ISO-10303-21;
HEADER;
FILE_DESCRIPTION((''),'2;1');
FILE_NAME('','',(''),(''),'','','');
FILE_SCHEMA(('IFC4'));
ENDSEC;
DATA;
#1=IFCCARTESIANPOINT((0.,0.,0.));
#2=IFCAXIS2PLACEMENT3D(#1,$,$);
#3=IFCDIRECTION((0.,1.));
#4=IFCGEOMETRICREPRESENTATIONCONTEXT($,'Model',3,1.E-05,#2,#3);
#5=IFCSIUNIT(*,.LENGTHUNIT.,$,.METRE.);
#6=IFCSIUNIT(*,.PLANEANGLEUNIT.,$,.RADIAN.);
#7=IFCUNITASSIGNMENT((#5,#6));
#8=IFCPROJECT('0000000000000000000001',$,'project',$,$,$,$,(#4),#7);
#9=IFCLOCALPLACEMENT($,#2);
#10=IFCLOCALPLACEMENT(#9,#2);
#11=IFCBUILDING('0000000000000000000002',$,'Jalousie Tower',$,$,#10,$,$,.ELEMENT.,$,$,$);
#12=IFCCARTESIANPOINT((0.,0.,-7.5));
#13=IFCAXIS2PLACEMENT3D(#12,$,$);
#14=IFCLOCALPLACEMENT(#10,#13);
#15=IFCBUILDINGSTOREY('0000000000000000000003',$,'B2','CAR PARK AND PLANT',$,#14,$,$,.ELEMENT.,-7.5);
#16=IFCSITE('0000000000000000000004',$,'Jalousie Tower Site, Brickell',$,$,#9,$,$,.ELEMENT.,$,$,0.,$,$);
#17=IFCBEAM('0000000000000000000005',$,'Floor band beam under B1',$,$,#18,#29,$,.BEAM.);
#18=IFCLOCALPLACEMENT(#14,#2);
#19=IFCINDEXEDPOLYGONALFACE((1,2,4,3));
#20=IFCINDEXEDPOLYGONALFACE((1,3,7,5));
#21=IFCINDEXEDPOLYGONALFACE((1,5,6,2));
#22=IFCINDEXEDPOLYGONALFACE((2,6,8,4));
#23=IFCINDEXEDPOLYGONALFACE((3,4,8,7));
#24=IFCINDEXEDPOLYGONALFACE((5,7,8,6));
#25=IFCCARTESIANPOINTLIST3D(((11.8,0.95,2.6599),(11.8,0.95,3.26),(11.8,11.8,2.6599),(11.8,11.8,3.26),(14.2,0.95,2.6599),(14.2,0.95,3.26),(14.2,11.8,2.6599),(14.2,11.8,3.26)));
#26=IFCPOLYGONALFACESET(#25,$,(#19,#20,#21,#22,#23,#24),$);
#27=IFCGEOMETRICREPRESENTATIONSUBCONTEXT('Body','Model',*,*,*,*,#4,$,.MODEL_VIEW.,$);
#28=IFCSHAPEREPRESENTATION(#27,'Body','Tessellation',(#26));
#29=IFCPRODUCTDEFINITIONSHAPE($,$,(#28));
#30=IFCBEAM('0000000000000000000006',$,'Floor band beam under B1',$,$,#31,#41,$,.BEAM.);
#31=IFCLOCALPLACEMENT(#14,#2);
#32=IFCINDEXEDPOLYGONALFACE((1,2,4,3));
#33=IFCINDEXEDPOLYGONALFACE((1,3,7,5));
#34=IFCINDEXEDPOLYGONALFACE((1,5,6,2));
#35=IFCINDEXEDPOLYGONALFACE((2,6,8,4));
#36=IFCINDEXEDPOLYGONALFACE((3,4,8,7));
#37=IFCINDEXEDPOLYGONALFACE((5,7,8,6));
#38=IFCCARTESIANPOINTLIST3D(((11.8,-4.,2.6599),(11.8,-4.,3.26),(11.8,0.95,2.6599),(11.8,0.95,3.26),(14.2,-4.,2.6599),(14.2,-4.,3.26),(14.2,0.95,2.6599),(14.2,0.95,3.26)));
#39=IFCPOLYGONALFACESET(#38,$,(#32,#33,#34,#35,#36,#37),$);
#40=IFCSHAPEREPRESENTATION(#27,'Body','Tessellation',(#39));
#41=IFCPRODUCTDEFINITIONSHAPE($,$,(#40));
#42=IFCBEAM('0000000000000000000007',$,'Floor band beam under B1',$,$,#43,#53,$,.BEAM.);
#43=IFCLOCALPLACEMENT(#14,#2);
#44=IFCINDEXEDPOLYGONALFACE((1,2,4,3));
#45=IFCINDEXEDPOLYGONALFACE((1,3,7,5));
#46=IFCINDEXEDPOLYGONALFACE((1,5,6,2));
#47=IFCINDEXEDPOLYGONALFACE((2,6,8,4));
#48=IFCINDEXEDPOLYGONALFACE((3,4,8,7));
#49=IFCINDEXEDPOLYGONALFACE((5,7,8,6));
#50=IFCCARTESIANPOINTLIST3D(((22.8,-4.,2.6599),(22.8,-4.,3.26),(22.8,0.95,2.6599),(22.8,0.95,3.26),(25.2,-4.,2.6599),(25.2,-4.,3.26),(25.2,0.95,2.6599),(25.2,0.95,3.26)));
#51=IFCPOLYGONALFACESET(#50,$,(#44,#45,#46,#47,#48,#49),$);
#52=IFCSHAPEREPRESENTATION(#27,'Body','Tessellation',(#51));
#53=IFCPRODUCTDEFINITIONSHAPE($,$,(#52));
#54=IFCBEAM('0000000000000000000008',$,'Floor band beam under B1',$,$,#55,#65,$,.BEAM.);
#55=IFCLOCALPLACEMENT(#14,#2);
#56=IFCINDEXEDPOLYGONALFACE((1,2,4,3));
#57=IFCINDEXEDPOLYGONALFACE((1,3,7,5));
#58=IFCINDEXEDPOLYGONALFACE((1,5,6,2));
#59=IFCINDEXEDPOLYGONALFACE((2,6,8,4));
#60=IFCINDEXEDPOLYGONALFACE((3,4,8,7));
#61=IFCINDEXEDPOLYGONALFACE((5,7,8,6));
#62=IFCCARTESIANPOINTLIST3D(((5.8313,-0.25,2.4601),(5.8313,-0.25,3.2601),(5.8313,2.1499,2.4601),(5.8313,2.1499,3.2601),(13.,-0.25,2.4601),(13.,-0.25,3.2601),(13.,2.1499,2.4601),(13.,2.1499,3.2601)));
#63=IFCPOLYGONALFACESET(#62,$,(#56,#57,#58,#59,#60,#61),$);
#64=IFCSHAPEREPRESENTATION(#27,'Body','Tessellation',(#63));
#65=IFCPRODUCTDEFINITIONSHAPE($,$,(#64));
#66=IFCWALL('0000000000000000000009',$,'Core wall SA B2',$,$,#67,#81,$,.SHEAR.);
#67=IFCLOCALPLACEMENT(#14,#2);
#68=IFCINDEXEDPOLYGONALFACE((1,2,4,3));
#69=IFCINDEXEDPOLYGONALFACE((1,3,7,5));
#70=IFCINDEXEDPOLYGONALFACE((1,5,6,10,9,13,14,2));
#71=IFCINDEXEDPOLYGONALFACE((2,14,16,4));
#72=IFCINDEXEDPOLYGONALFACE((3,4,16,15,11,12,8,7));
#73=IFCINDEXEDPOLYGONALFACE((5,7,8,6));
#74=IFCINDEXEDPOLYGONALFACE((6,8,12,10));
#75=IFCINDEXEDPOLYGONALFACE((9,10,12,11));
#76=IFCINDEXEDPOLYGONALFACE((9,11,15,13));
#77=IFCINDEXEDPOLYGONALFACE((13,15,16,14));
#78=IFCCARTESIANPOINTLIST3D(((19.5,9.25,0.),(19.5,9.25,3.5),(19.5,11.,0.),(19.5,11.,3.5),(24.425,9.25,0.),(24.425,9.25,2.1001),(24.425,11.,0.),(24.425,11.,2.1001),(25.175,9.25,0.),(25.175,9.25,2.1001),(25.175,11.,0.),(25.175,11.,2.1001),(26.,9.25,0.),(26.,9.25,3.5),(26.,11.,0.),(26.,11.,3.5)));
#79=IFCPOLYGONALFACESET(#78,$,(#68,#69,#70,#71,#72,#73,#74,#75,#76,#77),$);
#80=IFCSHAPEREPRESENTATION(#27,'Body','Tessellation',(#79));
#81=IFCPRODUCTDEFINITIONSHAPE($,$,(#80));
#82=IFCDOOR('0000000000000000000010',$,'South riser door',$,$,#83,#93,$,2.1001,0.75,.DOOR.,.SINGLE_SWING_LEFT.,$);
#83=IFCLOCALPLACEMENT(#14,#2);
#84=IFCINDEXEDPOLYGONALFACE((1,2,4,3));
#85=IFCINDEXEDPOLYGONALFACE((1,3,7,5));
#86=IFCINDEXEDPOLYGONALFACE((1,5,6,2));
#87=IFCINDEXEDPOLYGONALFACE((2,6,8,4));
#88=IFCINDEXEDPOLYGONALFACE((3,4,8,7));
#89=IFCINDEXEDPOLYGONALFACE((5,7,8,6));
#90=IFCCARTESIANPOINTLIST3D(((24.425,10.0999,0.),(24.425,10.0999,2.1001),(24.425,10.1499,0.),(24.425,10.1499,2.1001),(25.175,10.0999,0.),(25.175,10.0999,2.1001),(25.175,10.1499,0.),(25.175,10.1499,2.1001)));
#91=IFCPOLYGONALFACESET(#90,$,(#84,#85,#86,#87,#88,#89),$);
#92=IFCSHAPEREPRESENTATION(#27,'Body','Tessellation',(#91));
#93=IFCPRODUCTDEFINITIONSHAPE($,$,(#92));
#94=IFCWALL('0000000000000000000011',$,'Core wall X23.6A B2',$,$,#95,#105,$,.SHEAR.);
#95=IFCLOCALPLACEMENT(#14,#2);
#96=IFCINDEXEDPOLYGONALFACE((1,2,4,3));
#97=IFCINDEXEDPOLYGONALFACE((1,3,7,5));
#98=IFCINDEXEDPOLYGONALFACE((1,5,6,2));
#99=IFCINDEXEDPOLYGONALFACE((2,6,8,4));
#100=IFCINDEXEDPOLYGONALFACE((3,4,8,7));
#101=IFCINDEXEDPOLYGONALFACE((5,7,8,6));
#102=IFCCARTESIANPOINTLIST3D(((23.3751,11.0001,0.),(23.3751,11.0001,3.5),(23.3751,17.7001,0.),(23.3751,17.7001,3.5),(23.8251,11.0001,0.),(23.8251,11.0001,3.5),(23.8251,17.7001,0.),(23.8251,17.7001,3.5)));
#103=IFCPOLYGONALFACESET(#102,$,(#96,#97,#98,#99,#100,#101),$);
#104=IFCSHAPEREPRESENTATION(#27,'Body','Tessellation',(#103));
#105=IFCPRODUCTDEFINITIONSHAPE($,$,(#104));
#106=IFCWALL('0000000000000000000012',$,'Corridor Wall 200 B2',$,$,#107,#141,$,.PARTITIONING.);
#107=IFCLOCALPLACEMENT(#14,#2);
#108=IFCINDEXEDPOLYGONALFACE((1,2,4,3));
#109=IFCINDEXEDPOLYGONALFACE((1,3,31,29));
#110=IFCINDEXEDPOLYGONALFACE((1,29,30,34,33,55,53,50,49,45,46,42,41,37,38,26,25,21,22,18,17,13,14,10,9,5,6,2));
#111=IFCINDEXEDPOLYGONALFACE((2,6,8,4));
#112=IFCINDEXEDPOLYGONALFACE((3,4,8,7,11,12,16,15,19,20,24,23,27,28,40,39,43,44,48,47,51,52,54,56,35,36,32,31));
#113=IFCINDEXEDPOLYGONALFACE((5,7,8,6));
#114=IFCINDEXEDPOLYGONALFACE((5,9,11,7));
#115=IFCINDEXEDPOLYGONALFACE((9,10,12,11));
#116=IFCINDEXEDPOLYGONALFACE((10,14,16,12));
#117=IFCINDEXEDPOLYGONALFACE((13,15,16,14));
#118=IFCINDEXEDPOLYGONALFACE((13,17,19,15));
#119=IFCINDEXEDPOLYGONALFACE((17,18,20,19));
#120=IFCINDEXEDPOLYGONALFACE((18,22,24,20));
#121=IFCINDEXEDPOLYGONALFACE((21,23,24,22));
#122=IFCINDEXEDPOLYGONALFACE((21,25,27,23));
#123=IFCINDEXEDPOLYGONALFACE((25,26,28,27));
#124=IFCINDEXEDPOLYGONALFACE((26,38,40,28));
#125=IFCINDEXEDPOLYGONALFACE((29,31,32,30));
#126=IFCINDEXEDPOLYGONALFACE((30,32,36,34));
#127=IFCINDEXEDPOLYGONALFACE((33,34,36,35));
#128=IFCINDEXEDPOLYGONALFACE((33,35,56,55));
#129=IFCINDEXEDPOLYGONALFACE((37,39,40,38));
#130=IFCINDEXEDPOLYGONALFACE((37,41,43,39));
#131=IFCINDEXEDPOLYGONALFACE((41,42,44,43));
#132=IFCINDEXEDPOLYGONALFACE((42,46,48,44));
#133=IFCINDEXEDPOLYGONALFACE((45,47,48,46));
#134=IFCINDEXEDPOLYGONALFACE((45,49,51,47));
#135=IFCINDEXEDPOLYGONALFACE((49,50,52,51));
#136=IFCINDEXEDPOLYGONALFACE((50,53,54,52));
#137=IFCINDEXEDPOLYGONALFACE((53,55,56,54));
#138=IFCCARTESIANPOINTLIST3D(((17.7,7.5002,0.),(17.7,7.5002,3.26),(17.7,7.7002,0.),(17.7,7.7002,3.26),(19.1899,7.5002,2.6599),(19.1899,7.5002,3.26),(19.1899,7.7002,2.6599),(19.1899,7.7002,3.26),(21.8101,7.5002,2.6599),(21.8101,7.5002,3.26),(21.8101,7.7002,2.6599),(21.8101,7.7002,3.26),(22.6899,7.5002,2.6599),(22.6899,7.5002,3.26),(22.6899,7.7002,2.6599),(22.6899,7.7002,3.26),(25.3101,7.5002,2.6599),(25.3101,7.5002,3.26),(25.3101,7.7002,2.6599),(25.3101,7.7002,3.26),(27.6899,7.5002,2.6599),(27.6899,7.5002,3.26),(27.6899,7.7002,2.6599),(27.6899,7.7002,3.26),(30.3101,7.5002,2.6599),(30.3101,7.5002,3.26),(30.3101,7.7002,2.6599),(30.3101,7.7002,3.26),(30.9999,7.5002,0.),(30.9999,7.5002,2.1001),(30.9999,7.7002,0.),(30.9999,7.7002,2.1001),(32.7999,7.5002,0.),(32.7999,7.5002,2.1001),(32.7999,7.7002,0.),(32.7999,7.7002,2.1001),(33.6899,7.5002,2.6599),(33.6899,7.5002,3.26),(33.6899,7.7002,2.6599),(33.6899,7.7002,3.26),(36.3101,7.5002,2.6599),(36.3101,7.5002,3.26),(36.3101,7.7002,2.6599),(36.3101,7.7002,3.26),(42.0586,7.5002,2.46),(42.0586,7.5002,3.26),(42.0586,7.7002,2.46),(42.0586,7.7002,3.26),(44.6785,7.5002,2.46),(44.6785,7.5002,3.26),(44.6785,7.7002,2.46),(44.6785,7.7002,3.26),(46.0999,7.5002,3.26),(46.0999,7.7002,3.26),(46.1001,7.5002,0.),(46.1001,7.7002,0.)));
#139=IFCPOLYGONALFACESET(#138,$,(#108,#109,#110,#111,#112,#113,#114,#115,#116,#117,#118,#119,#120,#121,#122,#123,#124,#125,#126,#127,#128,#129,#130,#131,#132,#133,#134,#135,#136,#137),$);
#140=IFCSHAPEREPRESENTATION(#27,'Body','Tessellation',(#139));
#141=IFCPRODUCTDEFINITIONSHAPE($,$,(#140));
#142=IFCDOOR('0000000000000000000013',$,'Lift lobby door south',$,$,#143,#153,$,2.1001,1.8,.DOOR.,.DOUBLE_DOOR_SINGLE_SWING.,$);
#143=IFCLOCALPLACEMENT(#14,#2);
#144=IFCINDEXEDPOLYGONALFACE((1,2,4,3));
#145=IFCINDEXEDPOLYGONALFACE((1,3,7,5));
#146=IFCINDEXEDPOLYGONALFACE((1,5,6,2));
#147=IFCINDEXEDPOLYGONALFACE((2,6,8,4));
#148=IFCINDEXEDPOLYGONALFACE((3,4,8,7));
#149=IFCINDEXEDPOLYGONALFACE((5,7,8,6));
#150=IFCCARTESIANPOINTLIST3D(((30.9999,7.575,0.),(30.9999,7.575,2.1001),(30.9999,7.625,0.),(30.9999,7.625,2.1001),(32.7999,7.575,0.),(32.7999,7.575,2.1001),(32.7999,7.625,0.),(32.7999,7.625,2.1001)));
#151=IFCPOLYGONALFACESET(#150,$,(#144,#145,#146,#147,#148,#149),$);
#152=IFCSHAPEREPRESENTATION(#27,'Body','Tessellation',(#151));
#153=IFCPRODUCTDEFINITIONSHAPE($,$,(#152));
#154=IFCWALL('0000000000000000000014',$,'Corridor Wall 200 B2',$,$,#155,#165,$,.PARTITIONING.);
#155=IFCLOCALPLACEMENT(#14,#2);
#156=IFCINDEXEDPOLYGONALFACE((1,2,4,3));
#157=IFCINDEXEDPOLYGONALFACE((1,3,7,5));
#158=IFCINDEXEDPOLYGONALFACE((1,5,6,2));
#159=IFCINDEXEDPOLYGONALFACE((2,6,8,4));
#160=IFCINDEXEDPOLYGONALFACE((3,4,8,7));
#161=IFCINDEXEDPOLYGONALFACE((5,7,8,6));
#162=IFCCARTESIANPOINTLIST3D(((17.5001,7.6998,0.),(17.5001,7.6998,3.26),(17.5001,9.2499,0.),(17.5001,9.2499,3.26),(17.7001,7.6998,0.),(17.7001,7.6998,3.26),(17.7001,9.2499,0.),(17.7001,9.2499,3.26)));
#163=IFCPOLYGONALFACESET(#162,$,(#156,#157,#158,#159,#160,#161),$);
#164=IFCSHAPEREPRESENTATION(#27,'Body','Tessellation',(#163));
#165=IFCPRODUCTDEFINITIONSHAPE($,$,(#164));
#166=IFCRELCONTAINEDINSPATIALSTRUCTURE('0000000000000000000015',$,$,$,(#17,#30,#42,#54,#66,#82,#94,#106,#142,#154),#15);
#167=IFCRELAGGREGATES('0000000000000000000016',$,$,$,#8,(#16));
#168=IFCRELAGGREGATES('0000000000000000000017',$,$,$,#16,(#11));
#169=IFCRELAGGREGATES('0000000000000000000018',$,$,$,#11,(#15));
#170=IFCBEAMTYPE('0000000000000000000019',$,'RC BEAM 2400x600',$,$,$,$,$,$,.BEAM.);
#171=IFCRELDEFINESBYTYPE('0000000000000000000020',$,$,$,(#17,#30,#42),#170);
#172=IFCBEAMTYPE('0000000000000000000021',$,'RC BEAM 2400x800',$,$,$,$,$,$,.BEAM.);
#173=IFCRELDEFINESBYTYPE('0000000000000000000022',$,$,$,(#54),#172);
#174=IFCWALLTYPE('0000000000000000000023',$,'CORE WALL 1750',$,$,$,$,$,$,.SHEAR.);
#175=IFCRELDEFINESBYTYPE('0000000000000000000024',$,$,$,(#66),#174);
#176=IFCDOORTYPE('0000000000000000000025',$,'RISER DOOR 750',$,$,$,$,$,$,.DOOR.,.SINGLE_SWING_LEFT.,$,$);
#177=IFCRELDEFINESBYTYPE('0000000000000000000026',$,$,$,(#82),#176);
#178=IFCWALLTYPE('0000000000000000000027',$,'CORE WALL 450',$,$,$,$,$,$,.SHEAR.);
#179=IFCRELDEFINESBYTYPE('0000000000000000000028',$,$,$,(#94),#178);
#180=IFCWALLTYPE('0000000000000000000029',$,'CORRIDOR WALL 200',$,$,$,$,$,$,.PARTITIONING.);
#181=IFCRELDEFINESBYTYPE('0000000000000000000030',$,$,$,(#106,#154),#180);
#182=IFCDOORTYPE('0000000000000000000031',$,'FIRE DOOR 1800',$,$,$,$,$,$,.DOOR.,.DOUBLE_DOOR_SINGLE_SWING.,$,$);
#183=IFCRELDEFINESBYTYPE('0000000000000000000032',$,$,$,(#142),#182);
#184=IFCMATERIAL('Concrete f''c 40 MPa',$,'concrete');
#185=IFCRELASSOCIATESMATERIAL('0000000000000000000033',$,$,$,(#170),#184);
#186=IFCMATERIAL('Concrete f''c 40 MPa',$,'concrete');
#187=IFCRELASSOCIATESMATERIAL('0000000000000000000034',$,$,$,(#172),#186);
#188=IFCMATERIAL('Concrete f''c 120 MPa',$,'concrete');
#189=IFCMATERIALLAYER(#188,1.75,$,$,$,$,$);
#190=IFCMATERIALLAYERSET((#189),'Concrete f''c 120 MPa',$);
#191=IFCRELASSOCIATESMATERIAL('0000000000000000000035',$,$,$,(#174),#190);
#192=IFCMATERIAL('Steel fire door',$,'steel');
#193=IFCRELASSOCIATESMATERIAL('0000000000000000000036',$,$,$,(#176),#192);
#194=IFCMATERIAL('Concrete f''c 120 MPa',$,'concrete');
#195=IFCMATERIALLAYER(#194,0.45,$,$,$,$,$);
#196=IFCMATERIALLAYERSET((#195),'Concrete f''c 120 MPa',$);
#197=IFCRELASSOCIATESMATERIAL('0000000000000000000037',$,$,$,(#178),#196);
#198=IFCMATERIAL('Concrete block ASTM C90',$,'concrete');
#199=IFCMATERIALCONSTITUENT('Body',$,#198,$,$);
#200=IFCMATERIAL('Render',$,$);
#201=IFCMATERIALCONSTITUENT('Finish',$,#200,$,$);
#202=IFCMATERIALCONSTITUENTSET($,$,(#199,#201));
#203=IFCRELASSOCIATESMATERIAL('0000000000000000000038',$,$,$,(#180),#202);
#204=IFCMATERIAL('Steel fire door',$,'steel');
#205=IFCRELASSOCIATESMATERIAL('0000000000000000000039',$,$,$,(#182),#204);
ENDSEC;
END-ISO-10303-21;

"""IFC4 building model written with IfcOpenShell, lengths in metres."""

from ifc_helpers import new_model, si_unit, direction, frame, frame_2d, origin, origin_2d, place, context, subcontext, project, spatial, polyline, rectangle, outline, extrude, material, layer, layer_set, constituent, constituent_set, material_profile, profile_set, type_object, element, fill, save


model = new_model("IFC4")

# Units and contexts
model_context = context("Model", 3, precision=1e-05, world=origin(), true_north=direction((0.0, 1.0)))
body_context = subcontext(model_context, "Body", "Model", "MODEL_VIEW")
ifc_project = project(units=[si_unit("LENGTHUNIT", "METRE"), si_unit("PLANEANGLEUNIT", "RADIAN")], contexts=[model_context])

# Site, building, storey
site_placement = place(None, origin())
site = spatial("IfcSite", under=ifc_project, at=site_placement, Name="Jalousie Tower Site, Brickell", CompositionType="ELEMENT", RefElevation=0.0)
building_placement = place(site_placement, origin())
building = spatial("IfcBuilding", under=site, at=building_placement, Name="Jalousie Tower", CompositionType="ELEMENT")
storey_placement = place(building_placement, frame((0.0, 0.0, -7.5)))
storey = spatial("IfcBuildingStorey", under=building, at=storey_placement, Name="B2", Description="CAR PARK AND PLANT", CompositionType="ELEMENT", Elevation=-7.5)

# Beams
ifc_material_1 = material(Name="Concrete f'c 40 MPa", Category="concrete")
ifc_material_profile_1 = material_profile(ifc_material_1, rectangle(XDim=2.3999, YDim=0.6001, at=origin_2d()), Name="RC 2400x600")
ifc_profile_set_1 = profile_set([ifc_material_profile_1], Name="Concrete f'c 40 MPa")
beam_type_1 = type_object("IfcBeamType", Name="RC BEAM 2400x600", PredefinedType="BEAM", material=ifc_profile_set_1)
beam_1_placement = place(storey_placement, frame((13.0, 0.95, 2.96), z_axis=(0.0, 1.0, 0.0), x_axis=(-1.0, 0.0, 0.0)))
element("IfcBeam", 1, at=beam_1_placement, inside=storey, type_object=beam_type_1, Name="Floor band beam under B1", PredefinedType="BEAM", context=body_context, shape_type="SweptSolid", body=[
    extrude(rectangle(XDim=2.3999, YDim=0.6001, at=origin_2d()), origin(), (0.0, 0.0, 1.0), 10.8501),
])
for number, where, z_axis, x_axis, name in (
    (2, (13.0, 0.95, 2.96), (0.0, -1.0, 0.0), (1.0, 0.0, 0.0), "Floor band beam under B1"),
    (3, (24.0, 0.95, 2.96), (0.0, -1.0, 0.0), (1.0, 0.0, 0.0), "Floor band beam under B1"),
):
    element("IfcBeam", number, at=place(storey_placement, frame(where, z_axis=z_axis, x_axis=x_axis)), inside=storey, type_object=beam_type_1, Name=name, PredefinedType="BEAM", context=body_context, shape_type="SweptSolid", body=[
        extrude(rectangle(XDim=2.3999, YDim=0.6001, at=origin_2d()), origin(), (0.0, 0.0, 1.0), 4.95),
    ])
ifc_material_2 = material(Name="Concrete f'c 40 MPa", Category="concrete")
ifc_material_profile_2 = material_profile(ifc_material_2, rectangle(XDim=2.3999, YDim=0.8, at=origin_2d()), Name="RC 2400x800")
ifc_profile_set_2 = profile_set([ifc_material_profile_2], Name="Concrete f'c 40 MPa")
beam_type_2 = type_object("IfcBeamType", Name="RC BEAM 2400x800", PredefinedType="BEAM", material=ifc_profile_set_2)
beam_2_placement = place(storey_placement, frame((13.0, 0.95, 2.8601), z_axis=(-1.0, 0.0, 0.0), x_axis=(0.0, -1.0, 0.0)))
element("IfcBeam", 4, at=beam_2_placement, inside=storey, type_object=beam_type_2, Name="Floor band beam under B1", PredefinedType="BEAM", context=body_context, shape_type="SweptSolid", body=[
    extrude(rectangle(XDim=2.3999, YDim=0.8, at=origin_2d()), origin(), (0.0, 0.0, 1.0), 7.1687),
])

# Wall, opening, door
ifc_material_3 = material(Name="Concrete f'c 120 MPa", Category="concrete")
ifc_layer_1 = layer(ifc_material_3, 1.75)
ifc_layer_set_1 = layer_set([ifc_layer_1], Name="Concrete f'c 120 MPa")
wall_type_1 = type_object("IfcWallType", Name="CORE WALL 1750", PredefinedType="SHEAR", material=ifc_layer_set_1)
wall_1_placement = place(storey_placement, frame((19.5, 10.125, 0.0), z_axis=(0.0, 0.0, 1.0), x_axis=(1.0, 0.0, 0.0)))
wall_1 = element("IfcWall", 5, at=wall_1_placement, inside=storey, type_object=wall_type_1, Name="Core wall SA B2", PredefinedType="SHEAR", context=body_context, shape_type="SweptSolid", body=[
    extrude(rectangle(XDim=6.5, YDim=1.75, at=frame_2d((3.25, 0.0))), origin(), (0.0, 0.0, 1.0), 3.5),
])
opening_1_placement = place(wall_1_placement, frame((4.925, 0.0, 0.0)))
opening_1 = element("IfcOpeningElement", 6, at=opening_1_placement, cuts=wall_1, PredefinedType="OPENING", context=body_context, shape_type="SweptSolid", body=[
    extrude(rectangle(XDim=0.75, YDim=2.1001, at=frame_2d((0.375, 1.05))), frame((0.0, 0.885, 0.0), z_axis=(0.0, -1.0, 0.0), x_axis=(1.0, 0.0, 0.0)), (0.0, 0.0, 1.0), 1.77),
])
ifc_material_4 = material(Name="Steel fire door", Category="steel")
door_type_1 = type_object("IfcDoorType", Name="RISER DOOR 750", OperationType="SINGLE_SWING_LEFT", PredefinedType="DOOR", material=ifc_material_4)
door_1_placement = place(opening_1_placement, origin())
door_1 = element("IfcDoor", 7, at=door_1_placement, inside=storey, type_object=door_type_1, Name="South riser door", OperationType="SINGLE_SWING_LEFT", OverallHeight=2.1001, OverallWidth=0.75, PredefinedType="DOOR", context=body_context, shape_type="SweptSolid", body=[
    extrude(rectangle(XDim=0.75, YDim=2.1001, at=frame_2d((0.375, 1.05))), frame((0.0, 0.0249, 0.0), z_axis=(0.0, -1.0, 0.0), x_axis=(1.0, 0.0, 0.0)), (0.0, 0.0, 1.0), 0.05),
])
fill(opening_1, door_1)

# Wall
ifc_material_5 = material(Name="Concrete f'c 120 MPa", Category="concrete")
ifc_layer_2 = layer(ifc_material_5, 0.45)
ifc_layer_set_2 = layer_set([ifc_layer_2], Name="Concrete f'c 120 MPa")
wall_type_2 = type_object("IfcWallType", Name="CORE WALL 450", PredefinedType="SHEAR", material=ifc_layer_set_2)
wall_2_placement = place(storey_placement, frame((23.6001, 11.0, 0.0), z_axis=(0.0, 0.0, 1.0), x_axis=(0.0, 1.0, 0.0)))
element("IfcWall", 8, at=wall_2_placement, inside=storey, type_object=wall_type_2, Name="Core wall X23.6A B2", PredefinedType="SHEAR", context=body_context, shape_type="SweptSolid", body=[
    extrude(rectangle(XDim=6.7, YDim=0.45, at=frame_2d((3.3501, 0.0))), origin(), (0.0, 0.0, 1.0), 3.5),
])

# Wall, opening, door
ifc_material_6 = material(Name="Concrete block ASTM C90", Category="concrete")
ifc_constituent_1 = constituent(ifc_material_6, Name="Body")
ifc_material_7 = material(Name="Render")
ifc_constituent_2 = constituent(ifc_material_7, Name="Finish")
ifc_constituent_set = constituent_set(constituents=[ifc_constituent_1, ifc_constituent_2])
wall_type_3 = type_object("IfcWallType", Name="CORRIDOR WALL 200", PredefinedType="PARTITIONING", material=ifc_constituent_set)
wall_3_placement = place(storey_placement, frame((17.7, 7.6001, 0.0), z_axis=(0.0, 0.0, 1.0), x_axis=(1.0, 0.0, 0.0)))
wall_3 = element("IfcWall", 9, at=wall_3_placement, inside=storey, type_object=wall_type_3, Name="Corridor Wall 200 B2", PredefinedType="PARTITIONING", context=body_context, shape_type="SweptSolid", body=[
    extrude(outline(polyline([(0.0, 0.0), (28.4001, 0.0), (28.3999, 3.26), (26.9785, 3.26), (26.9785, 2.46), (24.3586, 2.46), (24.3586, 3.26), (18.6101, 3.26), (18.6101, 2.6599), (15.99, 2.6599), (15.99, 3.26), (12.6101, 3.26), (12.6101, 2.6599), (9.99, 2.6599), (9.99, 3.26), (7.6101, 3.26), (7.6101, 2.6599), (4.99, 2.6599), (4.99, 3.26), (4.1101, 3.26), (4.1101, 2.6599), (1.49, 2.6599), (1.49, 3.26), (0.0, 3.26), (0.0, 0.0)])), frame((0.0, 0.1001, 0.0), z_axis=(0.0, -1.0, 0.0), x_axis=(1.0, 0.0, 0.0)), (0.0, 0.0, 1.0), 0.2),
])
opening_2_placement = place(wall_3_placement, frame((13.3, 0.0, 0.0)))
opening_2 = element("IfcOpeningElement", 10, at=opening_2_placement, cuts=wall_3, PredefinedType="OPENING", context=body_context, shape_type="SweptSolid", body=[
    extrude(rectangle(XDim=1.8, YDim=2.1001, at=frame_2d((0.8999, 1.05))), frame((0.0, 0.1099, 0.0), z_axis=(0.0, -1.0, 0.0), x_axis=(1.0, 0.0, 0.0)), (0.0, 0.0, 1.0), 0.22),
])
ifc_material_8 = material(Name="Steel fire door", Category="steel")
door_type_2 = type_object("IfcDoorType", Name="FIRE DOOR 1800", OperationType="DOUBLE_DOOR_SINGLE_SWING", PredefinedType="DOOR", material=ifc_material_8)
door_2_placement = place(opening_2_placement, origin())
door_2 = element("IfcDoor", 11, at=door_2_placement, inside=storey, type_object=door_type_2, Name="Lift lobby door south", OperationType="DOUBLE_DOOR_SINGLE_SWING", OverallHeight=2.1001, OverallWidth=1.8, PredefinedType="DOOR", context=body_context, shape_type="SweptSolid", body=[
    extrude(rectangle(XDim=1.8, YDim=2.1001, at=frame_2d((0.8999, 1.05))), frame((0.0, 0.0249, 0.0), z_axis=(0.0, -1.0, 0.0), x_axis=(1.0, 0.0, 0.0)), (0.0, 0.0, 1.0), 0.05),
])
fill(opening_2, door_2)

# Wall
wall_4_placement = place(storey_placement, frame((17.6001, 7.7, 0.0), z_axis=(0.0, 0.0, 1.0), x_axis=(0.0, 1.0, 0.0)))
element("IfcWall", 12, at=wall_4_placement, inside=storey, type_object=wall_type_3, Name="Corridor Wall 200 B2", PredefinedType="PARTITIONING", context=body_context, shape_type="SweptSolid", body=[
    extrude(rectangle(XDim=1.55, YDim=0.2, at=frame_2d((0.7749, 0.0))), origin(), (0.0, 0.0, 1.0), 3.26),
])

save(model, "model.ifc")
